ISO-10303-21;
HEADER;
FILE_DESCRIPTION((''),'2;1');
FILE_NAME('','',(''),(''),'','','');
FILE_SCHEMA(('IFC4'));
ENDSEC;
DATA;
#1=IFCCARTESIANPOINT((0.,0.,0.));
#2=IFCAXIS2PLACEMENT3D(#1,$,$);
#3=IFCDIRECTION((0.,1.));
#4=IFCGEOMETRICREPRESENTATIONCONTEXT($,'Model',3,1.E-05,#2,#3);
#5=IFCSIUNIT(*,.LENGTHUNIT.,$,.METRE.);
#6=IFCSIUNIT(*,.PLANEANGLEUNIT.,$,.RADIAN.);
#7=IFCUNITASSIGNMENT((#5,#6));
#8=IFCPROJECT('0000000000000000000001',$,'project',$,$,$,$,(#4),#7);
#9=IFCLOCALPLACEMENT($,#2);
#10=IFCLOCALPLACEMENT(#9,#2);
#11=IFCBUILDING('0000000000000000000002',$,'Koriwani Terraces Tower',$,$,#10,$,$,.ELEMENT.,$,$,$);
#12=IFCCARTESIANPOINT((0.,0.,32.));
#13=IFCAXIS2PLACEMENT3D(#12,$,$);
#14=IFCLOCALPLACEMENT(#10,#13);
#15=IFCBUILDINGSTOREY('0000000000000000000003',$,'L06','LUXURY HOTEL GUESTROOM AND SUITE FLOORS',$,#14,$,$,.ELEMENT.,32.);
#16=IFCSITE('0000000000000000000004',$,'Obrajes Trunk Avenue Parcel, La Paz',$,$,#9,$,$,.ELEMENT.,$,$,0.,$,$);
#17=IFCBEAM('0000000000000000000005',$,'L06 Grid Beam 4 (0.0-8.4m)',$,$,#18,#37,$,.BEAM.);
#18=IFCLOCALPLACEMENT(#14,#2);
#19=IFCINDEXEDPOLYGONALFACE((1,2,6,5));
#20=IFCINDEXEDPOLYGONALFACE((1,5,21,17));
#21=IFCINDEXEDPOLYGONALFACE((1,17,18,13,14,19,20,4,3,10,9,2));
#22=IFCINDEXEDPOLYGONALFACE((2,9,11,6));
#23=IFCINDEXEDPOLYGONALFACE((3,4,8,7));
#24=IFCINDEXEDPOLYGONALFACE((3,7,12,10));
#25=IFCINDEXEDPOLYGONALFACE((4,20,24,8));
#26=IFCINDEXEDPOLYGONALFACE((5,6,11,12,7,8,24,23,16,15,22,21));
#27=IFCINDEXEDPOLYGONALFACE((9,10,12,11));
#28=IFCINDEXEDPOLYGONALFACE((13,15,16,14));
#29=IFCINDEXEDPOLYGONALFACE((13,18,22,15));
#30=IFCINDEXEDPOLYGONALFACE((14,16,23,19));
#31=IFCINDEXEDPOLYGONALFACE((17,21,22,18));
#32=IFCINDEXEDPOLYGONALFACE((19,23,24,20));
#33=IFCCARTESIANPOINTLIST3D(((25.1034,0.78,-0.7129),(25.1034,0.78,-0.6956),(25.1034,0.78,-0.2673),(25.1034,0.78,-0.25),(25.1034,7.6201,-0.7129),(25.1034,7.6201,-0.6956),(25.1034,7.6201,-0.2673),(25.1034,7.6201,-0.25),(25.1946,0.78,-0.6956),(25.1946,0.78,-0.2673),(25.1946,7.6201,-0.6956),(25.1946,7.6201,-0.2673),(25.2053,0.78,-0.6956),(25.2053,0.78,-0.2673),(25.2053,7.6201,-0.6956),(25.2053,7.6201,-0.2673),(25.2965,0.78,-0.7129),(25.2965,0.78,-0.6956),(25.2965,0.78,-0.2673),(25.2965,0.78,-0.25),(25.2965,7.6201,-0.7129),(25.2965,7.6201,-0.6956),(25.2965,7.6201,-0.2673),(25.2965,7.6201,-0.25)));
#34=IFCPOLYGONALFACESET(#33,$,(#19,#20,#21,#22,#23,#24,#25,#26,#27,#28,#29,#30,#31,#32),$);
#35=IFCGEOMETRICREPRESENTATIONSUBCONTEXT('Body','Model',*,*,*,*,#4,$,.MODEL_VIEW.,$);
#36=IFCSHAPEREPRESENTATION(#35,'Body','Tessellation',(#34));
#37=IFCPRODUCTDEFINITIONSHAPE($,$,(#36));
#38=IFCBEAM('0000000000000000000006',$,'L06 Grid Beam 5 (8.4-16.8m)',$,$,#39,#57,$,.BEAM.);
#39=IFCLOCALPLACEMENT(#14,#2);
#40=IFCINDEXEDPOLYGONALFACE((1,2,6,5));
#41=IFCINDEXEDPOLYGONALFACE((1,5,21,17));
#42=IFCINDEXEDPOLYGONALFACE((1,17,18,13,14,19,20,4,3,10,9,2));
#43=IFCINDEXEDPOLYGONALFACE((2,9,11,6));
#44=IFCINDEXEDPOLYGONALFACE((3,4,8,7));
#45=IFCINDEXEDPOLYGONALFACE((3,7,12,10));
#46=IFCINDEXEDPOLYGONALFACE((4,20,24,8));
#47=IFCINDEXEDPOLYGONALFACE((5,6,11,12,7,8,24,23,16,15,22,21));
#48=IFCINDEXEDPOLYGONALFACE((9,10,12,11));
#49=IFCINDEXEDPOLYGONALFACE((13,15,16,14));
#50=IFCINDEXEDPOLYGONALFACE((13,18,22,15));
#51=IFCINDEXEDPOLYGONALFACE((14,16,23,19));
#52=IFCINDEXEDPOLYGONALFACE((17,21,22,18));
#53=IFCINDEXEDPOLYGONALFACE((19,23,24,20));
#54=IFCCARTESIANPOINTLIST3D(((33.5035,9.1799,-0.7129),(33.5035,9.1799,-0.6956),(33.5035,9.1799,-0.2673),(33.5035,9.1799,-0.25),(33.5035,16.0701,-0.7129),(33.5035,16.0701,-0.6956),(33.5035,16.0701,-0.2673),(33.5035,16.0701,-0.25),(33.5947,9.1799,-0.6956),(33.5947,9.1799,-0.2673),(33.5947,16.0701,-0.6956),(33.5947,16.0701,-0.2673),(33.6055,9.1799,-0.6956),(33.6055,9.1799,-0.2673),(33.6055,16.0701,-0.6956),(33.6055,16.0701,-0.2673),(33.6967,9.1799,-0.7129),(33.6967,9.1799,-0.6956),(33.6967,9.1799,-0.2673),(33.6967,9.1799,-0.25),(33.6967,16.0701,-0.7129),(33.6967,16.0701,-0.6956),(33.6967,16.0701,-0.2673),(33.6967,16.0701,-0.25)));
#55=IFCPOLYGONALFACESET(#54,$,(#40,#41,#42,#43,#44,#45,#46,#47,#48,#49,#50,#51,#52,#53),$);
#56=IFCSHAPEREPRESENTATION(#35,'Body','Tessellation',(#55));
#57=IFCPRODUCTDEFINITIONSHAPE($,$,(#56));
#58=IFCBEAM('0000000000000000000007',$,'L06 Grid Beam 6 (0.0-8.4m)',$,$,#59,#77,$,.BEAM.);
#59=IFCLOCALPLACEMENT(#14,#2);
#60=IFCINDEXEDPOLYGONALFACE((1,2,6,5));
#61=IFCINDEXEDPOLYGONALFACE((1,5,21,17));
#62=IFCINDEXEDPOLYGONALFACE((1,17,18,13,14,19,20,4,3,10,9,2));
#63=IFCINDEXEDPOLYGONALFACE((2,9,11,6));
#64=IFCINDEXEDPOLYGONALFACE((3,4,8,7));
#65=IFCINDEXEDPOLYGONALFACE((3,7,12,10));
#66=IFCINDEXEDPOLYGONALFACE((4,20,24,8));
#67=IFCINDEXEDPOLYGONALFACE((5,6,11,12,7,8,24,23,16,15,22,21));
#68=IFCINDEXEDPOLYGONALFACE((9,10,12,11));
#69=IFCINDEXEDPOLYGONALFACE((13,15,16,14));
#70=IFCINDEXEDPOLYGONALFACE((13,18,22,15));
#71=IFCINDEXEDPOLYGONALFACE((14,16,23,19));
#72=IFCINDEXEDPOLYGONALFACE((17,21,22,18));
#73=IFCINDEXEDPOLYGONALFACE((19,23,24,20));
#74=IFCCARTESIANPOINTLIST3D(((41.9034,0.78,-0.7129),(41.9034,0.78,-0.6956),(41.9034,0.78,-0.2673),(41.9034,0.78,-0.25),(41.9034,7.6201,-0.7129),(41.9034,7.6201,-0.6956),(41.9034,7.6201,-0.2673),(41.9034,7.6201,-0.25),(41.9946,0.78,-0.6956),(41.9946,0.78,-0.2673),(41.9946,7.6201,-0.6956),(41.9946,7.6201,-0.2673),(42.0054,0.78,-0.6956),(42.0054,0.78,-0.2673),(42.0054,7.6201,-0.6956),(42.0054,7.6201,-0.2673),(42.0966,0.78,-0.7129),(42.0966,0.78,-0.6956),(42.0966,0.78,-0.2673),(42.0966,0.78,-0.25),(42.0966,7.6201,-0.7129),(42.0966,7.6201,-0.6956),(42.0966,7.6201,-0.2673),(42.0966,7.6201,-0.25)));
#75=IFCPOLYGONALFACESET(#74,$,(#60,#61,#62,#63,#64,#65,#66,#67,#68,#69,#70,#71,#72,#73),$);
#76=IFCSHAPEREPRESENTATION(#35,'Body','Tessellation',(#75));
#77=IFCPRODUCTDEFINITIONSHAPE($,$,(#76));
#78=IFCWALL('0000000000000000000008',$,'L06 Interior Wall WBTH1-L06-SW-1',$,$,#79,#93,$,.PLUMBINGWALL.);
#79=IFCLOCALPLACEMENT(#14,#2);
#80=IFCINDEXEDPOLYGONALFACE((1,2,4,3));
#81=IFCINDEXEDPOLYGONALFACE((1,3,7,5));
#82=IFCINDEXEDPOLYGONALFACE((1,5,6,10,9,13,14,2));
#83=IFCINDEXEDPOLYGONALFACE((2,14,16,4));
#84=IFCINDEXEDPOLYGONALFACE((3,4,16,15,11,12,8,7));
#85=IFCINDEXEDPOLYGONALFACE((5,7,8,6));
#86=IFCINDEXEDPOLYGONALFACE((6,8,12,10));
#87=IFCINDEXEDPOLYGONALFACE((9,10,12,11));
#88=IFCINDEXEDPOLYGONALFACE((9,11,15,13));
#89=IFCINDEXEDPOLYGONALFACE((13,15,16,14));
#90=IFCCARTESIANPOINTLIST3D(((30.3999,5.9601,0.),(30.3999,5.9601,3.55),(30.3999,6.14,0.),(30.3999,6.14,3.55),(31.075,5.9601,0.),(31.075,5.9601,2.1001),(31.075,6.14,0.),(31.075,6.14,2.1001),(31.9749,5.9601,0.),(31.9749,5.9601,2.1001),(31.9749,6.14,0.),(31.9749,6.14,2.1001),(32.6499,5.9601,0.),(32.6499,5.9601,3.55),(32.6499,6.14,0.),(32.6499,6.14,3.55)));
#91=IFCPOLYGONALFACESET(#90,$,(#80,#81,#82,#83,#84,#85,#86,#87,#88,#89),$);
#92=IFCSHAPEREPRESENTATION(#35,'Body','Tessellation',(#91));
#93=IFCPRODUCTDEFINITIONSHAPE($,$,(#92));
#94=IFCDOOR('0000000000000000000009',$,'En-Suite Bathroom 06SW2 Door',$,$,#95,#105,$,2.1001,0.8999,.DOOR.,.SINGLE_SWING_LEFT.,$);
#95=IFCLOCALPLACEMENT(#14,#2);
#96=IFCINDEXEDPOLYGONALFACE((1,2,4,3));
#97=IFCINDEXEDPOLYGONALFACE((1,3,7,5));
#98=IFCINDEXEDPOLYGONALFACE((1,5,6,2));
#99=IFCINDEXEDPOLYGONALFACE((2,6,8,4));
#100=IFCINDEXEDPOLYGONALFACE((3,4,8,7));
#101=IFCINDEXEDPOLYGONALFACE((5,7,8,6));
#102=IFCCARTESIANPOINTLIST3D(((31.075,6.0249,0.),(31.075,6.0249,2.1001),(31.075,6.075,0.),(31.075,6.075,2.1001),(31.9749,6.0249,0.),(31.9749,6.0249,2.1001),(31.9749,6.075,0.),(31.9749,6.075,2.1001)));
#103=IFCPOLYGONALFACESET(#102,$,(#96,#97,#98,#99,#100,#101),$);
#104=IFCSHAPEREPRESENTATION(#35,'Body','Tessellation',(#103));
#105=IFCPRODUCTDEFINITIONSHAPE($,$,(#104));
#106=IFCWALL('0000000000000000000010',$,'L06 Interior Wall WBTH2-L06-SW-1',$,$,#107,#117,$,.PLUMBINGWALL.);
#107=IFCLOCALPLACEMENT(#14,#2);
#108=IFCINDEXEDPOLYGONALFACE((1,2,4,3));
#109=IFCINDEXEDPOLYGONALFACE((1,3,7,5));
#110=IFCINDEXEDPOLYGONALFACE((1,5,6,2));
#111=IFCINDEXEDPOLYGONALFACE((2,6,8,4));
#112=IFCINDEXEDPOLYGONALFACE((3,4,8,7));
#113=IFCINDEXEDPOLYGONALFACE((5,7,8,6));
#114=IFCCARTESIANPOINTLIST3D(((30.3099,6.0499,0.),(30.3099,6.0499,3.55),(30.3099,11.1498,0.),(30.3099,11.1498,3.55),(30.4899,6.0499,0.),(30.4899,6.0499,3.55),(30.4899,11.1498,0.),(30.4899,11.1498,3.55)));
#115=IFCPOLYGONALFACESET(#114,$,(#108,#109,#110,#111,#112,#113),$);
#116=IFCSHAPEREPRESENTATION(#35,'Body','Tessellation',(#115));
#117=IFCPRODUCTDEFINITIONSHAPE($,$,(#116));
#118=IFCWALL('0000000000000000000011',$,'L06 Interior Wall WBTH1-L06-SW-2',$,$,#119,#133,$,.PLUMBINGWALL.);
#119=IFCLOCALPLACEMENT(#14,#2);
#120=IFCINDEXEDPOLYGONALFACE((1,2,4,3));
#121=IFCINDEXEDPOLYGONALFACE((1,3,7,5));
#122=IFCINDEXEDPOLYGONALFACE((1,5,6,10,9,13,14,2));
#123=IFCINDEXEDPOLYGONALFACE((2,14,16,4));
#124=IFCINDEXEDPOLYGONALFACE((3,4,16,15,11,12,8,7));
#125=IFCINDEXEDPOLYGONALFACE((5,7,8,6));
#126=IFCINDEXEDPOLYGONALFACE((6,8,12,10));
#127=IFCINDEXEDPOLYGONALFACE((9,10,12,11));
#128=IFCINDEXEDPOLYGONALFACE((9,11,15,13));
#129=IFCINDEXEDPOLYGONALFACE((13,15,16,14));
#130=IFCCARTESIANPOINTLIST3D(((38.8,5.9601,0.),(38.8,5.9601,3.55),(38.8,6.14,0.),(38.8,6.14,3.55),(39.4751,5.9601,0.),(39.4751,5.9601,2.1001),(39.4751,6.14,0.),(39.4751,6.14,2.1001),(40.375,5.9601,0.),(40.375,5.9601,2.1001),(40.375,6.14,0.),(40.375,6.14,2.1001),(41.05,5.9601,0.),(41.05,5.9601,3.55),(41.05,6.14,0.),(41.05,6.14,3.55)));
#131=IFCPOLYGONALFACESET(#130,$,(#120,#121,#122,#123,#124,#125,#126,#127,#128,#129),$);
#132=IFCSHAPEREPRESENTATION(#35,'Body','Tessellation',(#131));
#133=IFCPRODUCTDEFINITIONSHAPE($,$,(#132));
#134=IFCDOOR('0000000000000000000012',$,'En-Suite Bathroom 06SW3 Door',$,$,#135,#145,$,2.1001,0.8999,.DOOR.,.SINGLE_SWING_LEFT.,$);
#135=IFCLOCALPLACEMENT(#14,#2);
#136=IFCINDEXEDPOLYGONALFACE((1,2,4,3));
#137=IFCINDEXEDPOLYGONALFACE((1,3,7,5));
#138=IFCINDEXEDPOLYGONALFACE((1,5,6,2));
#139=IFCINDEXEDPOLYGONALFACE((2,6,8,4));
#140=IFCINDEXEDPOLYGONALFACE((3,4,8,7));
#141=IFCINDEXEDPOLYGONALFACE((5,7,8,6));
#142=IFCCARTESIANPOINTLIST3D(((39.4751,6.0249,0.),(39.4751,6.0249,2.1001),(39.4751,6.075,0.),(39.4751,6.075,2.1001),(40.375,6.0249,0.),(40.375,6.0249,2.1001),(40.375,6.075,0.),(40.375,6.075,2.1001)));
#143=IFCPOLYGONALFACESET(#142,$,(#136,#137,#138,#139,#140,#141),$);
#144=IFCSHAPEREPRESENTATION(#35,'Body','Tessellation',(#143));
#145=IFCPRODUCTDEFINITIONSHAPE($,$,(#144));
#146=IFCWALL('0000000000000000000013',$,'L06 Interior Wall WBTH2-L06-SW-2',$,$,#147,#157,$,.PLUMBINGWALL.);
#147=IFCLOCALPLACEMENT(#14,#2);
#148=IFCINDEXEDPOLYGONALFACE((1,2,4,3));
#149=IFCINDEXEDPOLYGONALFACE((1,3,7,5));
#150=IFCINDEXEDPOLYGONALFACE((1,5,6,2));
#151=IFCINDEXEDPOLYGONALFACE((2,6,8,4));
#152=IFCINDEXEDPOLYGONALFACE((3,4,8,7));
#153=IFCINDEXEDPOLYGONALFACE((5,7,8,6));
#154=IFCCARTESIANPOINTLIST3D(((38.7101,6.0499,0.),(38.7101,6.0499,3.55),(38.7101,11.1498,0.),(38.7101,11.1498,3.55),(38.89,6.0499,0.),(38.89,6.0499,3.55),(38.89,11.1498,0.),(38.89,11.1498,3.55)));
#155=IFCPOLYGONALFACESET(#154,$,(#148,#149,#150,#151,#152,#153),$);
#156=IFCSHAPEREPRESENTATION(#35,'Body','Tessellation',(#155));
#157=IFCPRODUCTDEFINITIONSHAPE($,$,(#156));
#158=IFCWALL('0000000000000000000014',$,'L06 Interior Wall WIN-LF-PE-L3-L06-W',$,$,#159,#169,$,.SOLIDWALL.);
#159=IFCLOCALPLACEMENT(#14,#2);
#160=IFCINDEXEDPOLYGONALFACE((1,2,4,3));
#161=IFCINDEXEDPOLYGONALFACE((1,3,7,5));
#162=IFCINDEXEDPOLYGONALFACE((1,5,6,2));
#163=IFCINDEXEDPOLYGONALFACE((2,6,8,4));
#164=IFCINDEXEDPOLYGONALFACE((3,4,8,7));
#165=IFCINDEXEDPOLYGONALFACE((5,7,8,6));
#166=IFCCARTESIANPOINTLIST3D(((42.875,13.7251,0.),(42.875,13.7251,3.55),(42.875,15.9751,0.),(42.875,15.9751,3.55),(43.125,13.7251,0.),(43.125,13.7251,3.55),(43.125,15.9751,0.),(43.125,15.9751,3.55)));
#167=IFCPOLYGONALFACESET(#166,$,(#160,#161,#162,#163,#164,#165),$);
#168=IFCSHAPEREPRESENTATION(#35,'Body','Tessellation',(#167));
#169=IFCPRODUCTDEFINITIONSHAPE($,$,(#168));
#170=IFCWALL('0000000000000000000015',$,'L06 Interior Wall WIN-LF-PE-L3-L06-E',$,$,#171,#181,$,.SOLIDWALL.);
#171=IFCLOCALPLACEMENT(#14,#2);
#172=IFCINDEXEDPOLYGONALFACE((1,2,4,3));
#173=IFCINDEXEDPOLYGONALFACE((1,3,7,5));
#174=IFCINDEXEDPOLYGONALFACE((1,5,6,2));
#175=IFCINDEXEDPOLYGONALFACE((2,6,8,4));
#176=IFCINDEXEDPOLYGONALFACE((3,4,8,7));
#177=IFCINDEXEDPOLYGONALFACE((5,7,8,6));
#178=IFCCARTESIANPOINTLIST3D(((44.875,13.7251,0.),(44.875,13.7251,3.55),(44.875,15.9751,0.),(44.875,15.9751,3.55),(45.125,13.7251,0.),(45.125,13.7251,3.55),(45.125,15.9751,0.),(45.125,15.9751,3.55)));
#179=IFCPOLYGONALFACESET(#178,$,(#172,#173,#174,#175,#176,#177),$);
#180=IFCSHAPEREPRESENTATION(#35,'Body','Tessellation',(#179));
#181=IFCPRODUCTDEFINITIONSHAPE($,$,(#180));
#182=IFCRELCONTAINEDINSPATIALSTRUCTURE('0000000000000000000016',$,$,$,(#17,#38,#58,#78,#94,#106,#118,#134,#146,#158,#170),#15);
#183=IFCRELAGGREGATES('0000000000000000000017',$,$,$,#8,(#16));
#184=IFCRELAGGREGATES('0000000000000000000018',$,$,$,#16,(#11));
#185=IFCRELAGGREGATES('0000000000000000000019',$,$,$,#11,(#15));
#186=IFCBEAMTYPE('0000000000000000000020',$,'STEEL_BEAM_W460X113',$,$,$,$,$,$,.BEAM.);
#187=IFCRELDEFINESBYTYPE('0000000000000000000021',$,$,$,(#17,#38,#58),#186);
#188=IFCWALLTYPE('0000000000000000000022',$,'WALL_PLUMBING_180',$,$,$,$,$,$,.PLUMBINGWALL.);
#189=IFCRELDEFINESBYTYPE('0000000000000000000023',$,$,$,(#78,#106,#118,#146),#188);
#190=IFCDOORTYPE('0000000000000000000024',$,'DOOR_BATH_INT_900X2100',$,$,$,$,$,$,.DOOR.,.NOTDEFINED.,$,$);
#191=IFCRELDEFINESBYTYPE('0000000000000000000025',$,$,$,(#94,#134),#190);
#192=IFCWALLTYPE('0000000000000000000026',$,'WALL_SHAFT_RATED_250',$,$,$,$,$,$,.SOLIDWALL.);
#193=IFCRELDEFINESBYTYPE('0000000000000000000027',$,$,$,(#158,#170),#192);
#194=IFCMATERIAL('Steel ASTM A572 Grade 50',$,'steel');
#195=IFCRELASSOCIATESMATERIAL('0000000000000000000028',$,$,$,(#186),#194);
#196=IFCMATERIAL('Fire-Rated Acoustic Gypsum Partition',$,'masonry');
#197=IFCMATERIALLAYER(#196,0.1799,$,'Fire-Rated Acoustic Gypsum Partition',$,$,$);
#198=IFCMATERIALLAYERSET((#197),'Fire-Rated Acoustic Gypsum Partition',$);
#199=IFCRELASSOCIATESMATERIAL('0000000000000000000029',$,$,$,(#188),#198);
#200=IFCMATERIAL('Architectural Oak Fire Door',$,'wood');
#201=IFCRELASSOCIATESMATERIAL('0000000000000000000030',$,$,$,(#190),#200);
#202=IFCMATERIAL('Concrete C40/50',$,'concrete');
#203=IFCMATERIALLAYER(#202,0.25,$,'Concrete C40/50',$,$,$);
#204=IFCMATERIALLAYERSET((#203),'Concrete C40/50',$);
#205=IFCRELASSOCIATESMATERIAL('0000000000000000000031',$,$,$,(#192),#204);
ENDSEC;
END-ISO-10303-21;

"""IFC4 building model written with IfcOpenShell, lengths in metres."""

from ifc_helpers import new_model, si_unit, direction, frame, frame_2d, origin, origin_2d, place, context, subcontext, project, spatial, rectangle, i_section, extrude, material, layer, layer_set, material_profile, profile_set, type_object, element, fill, save


model = new_model("IFC4")

# Units and contexts
model_context = context("Model", 3, precision=1e-05, world=origin(), true_north=direction((0.0, 1.0)))
body_context = subcontext(model_context, "Body", "Model", "MODEL_VIEW")
ifc_project = project(units=[si_unit("LENGTHUNIT", "METRE"), si_unit("PLANEANGLEUNIT", "RADIAN")], contexts=[model_context])

# Site, building, storey
site_placement = place(None, origin())
site = spatial("IfcSite", under=ifc_project, at=site_placement, Name="Obrajes Trunk Avenue Parcel, La Paz", CompositionType="ELEMENT", RefElevation=0.0)
building_placement = place(site_placement, origin())
building = spatial("IfcBuilding", under=site, at=building_placement, Name="Koriwani Terraces Tower", CompositionType="ELEMENT")
storey_placement = place(building_placement, frame((0.0, 0.0, 32.0)))
storey = spatial("IfcBuildingStorey", under=building, at=storey_placement, Name="L06", Description="LUXURY HOTEL GUESTROOM AND SUITE FLOORS", CompositionType="ELEMENT", Elevation=32.0)

# Beams
ifc_material_1 = material(Name="Concrete C40/50", Category="concrete")
ifc_material_2 = material(Name="Steel ASTM A572 Grade 50", Category="steel")
ifc_material_profile_1 = material_profile(ifc_material_2, i_section(OverallWidth=0.1931, OverallDepth=0.4629, WebThickness=0.0107, FlangeThickness=0.0173, at=origin_2d()), Name="Steel ASTM A572 Grade 50", Category="LoadBearing")
ifc_profile_set_1 = profile_set([ifc_material_profile_1], Name="Steel ASTM A572 Grade 50")
beam_type_1 = type_object("IfcBeamType", Name="STEEL_BEAM_W460X113", PredefinedType="BEAM", material=ifc_profile_set_1)
for number, where, z_axis, x_axis, name in (
    (1, (25.2, 0.78, -0.4814), (0.0, 1.0, 0.0), (-1.0, 0.0, 0.0), "L06 Grid Beam 4 (0.0-8.4m)"),
):
    element("IfcBeam", number, at=place(storey_placement, frame(where, z_axis=z_axis, x_axis=x_axis)), inside=storey, type_object=beam_type_1, Name=name, PredefinedType="BEAM", context=body_context, shape_type="SweptSolid", body=[
        extrude(i_section(OverallWidth=0.1931, OverallDepth=0.4629, WebThickness=0.0107, FlangeThickness=0.0173, at=origin_2d()), origin(), (0.0, 0.0, 1.0), 6.8401),
    ])
beam_1_placement = place(storey_placement, frame((33.6001, 9.1799, -0.4814), z_axis=(0.0, 1.0, 0.0), x_axis=(-1.0, 0.0, 0.0)))
element("IfcBeam", 2, at=beam_1_placement, inside=storey, type_object=beam_type_1, Name="L06 Grid Beam 5 (8.4-16.8m)", PredefinedType="BEAM", context=body_context, shape_type="SweptSolid", body=[
    extrude(i_section(OverallWidth=0.1931, OverallDepth=0.4629, WebThickness=0.0107, FlangeThickness=0.0173, at=origin_2d()), origin(), (0.0, 0.0, 1.0), 6.8901),
])
beam_2_placement = place(storey_placement, frame((42.0, 0.78, -0.4814), z_axis=(0.0, 1.0, 0.0), x_axis=(-1.0, 0.0, 0.0)))
element("IfcBeam", 3, at=beam_2_placement, inside=storey, type_object=beam_type_1, Name="L06 Grid Beam 6 (0.0-8.4m)", PredefinedType="BEAM", context=body_context, shape_type="SweptSolid", body=[
    extrude(i_section(OverallWidth=0.1931, OverallDepth=0.4629, WebThickness=0.0107, FlangeThickness=0.0173, at=origin_2d()), origin(), (0.0, 0.0, 1.0), 6.8401),
])

# Wall, opening, door
ifc_material_3 = material(Name="Fire-Rated Acoustic Gypsum Partition", Category="masonry")
ifc_layer_1 = layer(ifc_material_3, 0.1799, Name="Fire-Rated Acoustic Gypsum Partition")
ifc_layer_set_1 = layer_set([ifc_layer_1], Name="Fire-Rated Acoustic Gypsum Partition")
wall_type_1 = type_object("IfcWallType", Name="WALL_PLUMBING_180", PredefinedType="PLUMBINGWALL", material=ifc_layer_set_1)
wall_1_placement = place(storey_placement, frame((30.3999, 6.05, 0.0), z_axis=(0.0, 0.0, 1.0), x_axis=(1.0, 0.0, 0.0)))
wall_1 = element("IfcWall", 4, at=wall_1_placement, inside=storey, type_object=wall_type_1, Name="L06 Interior Wall WBTH1-L06-SW-1", PredefinedType="PLUMBINGWALL", context=body_context, shape_type="SweptSolid", body=[
    extrude(rectangle(XDim=2.25, YDim=0.1799, at=frame_2d((1.125, 0.0))), origin(), (0.0, 0.0, 1.0), 3.55),
])
opening_1_placement = place(wall_1_placement, frame((0.675, 0.0, 0.0)))
opening_1 = element("IfcOpeningElement", 5, at=opening_1_placement, cuts=wall_1, PredefinedType="OPENING", context=body_context, shape_type="SweptSolid", body=[
    extrude(rectangle(XDim=0.8999, YDim=2.1001, at=frame_2d((0.45, 1.05))), frame((0.0, 0.1001, 0.0), z_axis=(0.0, -1.0, 0.0), x_axis=(1.0, 0.0, 0.0)), (0.0, 0.0, 1.0), 0.2),
])
ifc_material_4 = material(Name="Architectural Oak Fire Door", Category="wood")
door_type_1 = type_object("IfcDoorType", Name="DOOR_BATH_INT_900X2100", OperationType="NOTDEFINED", PredefinedType="DOOR", material=ifc_material_4)
door_1_placement = place(opening_1_placement, origin())
door_1 = element("IfcDoor", 6, at=door_1_placement, inside=storey, type_object=door_type_1, Name="En-Suite Bathroom 06SW2 Door", OperationType="SINGLE_SWING_LEFT", OverallHeight=2.1001, OverallWidth=0.8999, PredefinedType="DOOR", context=body_context, shape_type="SweptSolid", body=[
    extrude(rectangle(XDim=0.8999, YDim=2.1001, at=frame_2d((0.45, 1.05))), frame((0.0, 0.0249, 0.0), z_axis=(0.0, -1.0, 0.0), x_axis=(1.0, 0.0, 0.0)), (0.0, 0.0, 1.0), 0.05),
])
fill(opening_1, door_1)

# Wall
wall_2_placement = place(storey_placement, frame((30.3999, 6.05, 0.0), z_axis=(0.0, 0.0, 1.0), x_axis=(0.0, 1.0, 0.0)))
element("IfcWall", 7, at=wall_2_placement, inside=storey, type_object=wall_type_1, Name="L06 Interior Wall WBTH2-L06-SW-1", PredefinedType="PLUMBINGWALL", context=body_context, shape_type="SweptSolid", body=[
    extrude(rectangle(XDim=5.0999, YDim=0.1799, at=frame_2d((2.5498, 0.0))), origin(), (0.0, 0.0, 1.0), 3.55),
])

# Wall, opening, door
wall_3_placement = place(storey_placement, frame((38.8, 6.05, 0.0), z_axis=(0.0, 0.0, 1.0), x_axis=(1.0, 0.0, 0.0)))
wall_3 = element("IfcWall", 8, at=wall_3_placement, inside=storey, type_object=wall_type_1, Name="L06 Interior Wall WBTH1-L06-SW-2", PredefinedType="PLUMBINGWALL", context=body_context, shape_type="SweptSolid", body=[
    extrude(rectangle(XDim=2.25, YDim=0.1799, at=frame_2d((1.125, 0.0))), origin(), (0.0, 0.0, 1.0), 3.55),
])
opening_2_placement = place(wall_3_placement, frame((0.675, 0.0, 0.0)))
opening_2 = element("IfcOpeningElement", 9, at=opening_2_placement, cuts=wall_3, PredefinedType="OPENING", context=body_context, shape_type="SweptSolid", body=[
    extrude(rectangle(XDim=0.8999, YDim=2.1001, at=frame_2d((0.45, 1.05))), frame((0.0, 0.1001, 0.0), z_axis=(0.0, -1.0, 0.0), x_axis=(1.0, 0.0, 0.0)), (0.0, 0.0, 1.0), 0.2),
])
door_2_placement = place(opening_2_placement, origin())
door_2 = element("IfcDoor", 10, at=door_2_placement, inside=storey, type_object=door_type_1, Name="En-Suite Bathroom 06SW3 Door", OperationType="SINGLE_SWING_LEFT", OverallHeight=2.1001, OverallWidth=0.8999, PredefinedType="DOOR", context=body_context, shape_type="SweptSolid", body=[
    extrude(rectangle(XDim=0.8999, YDim=2.1001, at=frame_2d((0.45, 1.05))), frame((0.0, 0.0249, 0.0), z_axis=(0.0, -1.0, 0.0), x_axis=(1.0, 0.0, 0.0)), (0.0, 0.0, 1.0), 0.05),
])
fill(opening_2, door_2)

# Wall
wall_4_placement = place(storey_placement, frame((38.8, 6.05, 0.0), z_axis=(0.0, 0.0, 1.0), x_axis=(0.0, 1.0, 0.0)))
element("IfcWall", 11, at=wall_4_placement, inside=storey, type_object=wall_type_1, Name="L06 Interior Wall WBTH2-L06-SW-2", PredefinedType="PLUMBINGWALL", context=body_context, shape_type="SweptSolid", body=[
    extrude(rectangle(XDim=5.0999, YDim=0.1799, at=frame_2d((2.5498, 0.0))), origin(), (0.0, 0.0, 1.0), 3.55),
])

# Shared definitions
ifc_layer_2 = layer(ifc_material_1, 0.25, Name="Concrete C40/50")
ifc_layer_set_2 = layer_set([ifc_layer_2], Name="Concrete C40/50")
wall_type_2 = type_object("IfcWallType", Name="WALL_SHAFT_RATED_250", PredefinedType="SOLIDWALL", material=ifc_layer_set_2)

# Walls
for number, where, z_axis, x_axis, name in (
    (12, (43.0, 13.7251, 0.0), (0.0, 0.0, 1.0), (0.0, 1.0, 0.0), "L06 Interior Wall WIN-LF-PE-L3-L06-W"),
    (13, (45.0, 13.7251, 0.0), (0.0, 0.0, 1.0), (0.0, 1.0, 0.0), "L06 Interior Wall WIN-LF-PE-L3-L06-E"),
):
    element("IfcWall", number, at=place(storey_placement, frame(where, z_axis=z_axis, x_axis=x_axis)), inside=storey, type_object=wall_type_2, Name=name, PredefinedType="SOLIDWALL", context=body_context, shape_type="SweptSolid", body=[
        extrude(rectangle(XDim=2.25, YDim=0.25, at=frame_2d((1.125, 0.0))), origin(), (0.0, 0.0, 1.0), 3.55),
    ])

save(model, "model.ifc")
